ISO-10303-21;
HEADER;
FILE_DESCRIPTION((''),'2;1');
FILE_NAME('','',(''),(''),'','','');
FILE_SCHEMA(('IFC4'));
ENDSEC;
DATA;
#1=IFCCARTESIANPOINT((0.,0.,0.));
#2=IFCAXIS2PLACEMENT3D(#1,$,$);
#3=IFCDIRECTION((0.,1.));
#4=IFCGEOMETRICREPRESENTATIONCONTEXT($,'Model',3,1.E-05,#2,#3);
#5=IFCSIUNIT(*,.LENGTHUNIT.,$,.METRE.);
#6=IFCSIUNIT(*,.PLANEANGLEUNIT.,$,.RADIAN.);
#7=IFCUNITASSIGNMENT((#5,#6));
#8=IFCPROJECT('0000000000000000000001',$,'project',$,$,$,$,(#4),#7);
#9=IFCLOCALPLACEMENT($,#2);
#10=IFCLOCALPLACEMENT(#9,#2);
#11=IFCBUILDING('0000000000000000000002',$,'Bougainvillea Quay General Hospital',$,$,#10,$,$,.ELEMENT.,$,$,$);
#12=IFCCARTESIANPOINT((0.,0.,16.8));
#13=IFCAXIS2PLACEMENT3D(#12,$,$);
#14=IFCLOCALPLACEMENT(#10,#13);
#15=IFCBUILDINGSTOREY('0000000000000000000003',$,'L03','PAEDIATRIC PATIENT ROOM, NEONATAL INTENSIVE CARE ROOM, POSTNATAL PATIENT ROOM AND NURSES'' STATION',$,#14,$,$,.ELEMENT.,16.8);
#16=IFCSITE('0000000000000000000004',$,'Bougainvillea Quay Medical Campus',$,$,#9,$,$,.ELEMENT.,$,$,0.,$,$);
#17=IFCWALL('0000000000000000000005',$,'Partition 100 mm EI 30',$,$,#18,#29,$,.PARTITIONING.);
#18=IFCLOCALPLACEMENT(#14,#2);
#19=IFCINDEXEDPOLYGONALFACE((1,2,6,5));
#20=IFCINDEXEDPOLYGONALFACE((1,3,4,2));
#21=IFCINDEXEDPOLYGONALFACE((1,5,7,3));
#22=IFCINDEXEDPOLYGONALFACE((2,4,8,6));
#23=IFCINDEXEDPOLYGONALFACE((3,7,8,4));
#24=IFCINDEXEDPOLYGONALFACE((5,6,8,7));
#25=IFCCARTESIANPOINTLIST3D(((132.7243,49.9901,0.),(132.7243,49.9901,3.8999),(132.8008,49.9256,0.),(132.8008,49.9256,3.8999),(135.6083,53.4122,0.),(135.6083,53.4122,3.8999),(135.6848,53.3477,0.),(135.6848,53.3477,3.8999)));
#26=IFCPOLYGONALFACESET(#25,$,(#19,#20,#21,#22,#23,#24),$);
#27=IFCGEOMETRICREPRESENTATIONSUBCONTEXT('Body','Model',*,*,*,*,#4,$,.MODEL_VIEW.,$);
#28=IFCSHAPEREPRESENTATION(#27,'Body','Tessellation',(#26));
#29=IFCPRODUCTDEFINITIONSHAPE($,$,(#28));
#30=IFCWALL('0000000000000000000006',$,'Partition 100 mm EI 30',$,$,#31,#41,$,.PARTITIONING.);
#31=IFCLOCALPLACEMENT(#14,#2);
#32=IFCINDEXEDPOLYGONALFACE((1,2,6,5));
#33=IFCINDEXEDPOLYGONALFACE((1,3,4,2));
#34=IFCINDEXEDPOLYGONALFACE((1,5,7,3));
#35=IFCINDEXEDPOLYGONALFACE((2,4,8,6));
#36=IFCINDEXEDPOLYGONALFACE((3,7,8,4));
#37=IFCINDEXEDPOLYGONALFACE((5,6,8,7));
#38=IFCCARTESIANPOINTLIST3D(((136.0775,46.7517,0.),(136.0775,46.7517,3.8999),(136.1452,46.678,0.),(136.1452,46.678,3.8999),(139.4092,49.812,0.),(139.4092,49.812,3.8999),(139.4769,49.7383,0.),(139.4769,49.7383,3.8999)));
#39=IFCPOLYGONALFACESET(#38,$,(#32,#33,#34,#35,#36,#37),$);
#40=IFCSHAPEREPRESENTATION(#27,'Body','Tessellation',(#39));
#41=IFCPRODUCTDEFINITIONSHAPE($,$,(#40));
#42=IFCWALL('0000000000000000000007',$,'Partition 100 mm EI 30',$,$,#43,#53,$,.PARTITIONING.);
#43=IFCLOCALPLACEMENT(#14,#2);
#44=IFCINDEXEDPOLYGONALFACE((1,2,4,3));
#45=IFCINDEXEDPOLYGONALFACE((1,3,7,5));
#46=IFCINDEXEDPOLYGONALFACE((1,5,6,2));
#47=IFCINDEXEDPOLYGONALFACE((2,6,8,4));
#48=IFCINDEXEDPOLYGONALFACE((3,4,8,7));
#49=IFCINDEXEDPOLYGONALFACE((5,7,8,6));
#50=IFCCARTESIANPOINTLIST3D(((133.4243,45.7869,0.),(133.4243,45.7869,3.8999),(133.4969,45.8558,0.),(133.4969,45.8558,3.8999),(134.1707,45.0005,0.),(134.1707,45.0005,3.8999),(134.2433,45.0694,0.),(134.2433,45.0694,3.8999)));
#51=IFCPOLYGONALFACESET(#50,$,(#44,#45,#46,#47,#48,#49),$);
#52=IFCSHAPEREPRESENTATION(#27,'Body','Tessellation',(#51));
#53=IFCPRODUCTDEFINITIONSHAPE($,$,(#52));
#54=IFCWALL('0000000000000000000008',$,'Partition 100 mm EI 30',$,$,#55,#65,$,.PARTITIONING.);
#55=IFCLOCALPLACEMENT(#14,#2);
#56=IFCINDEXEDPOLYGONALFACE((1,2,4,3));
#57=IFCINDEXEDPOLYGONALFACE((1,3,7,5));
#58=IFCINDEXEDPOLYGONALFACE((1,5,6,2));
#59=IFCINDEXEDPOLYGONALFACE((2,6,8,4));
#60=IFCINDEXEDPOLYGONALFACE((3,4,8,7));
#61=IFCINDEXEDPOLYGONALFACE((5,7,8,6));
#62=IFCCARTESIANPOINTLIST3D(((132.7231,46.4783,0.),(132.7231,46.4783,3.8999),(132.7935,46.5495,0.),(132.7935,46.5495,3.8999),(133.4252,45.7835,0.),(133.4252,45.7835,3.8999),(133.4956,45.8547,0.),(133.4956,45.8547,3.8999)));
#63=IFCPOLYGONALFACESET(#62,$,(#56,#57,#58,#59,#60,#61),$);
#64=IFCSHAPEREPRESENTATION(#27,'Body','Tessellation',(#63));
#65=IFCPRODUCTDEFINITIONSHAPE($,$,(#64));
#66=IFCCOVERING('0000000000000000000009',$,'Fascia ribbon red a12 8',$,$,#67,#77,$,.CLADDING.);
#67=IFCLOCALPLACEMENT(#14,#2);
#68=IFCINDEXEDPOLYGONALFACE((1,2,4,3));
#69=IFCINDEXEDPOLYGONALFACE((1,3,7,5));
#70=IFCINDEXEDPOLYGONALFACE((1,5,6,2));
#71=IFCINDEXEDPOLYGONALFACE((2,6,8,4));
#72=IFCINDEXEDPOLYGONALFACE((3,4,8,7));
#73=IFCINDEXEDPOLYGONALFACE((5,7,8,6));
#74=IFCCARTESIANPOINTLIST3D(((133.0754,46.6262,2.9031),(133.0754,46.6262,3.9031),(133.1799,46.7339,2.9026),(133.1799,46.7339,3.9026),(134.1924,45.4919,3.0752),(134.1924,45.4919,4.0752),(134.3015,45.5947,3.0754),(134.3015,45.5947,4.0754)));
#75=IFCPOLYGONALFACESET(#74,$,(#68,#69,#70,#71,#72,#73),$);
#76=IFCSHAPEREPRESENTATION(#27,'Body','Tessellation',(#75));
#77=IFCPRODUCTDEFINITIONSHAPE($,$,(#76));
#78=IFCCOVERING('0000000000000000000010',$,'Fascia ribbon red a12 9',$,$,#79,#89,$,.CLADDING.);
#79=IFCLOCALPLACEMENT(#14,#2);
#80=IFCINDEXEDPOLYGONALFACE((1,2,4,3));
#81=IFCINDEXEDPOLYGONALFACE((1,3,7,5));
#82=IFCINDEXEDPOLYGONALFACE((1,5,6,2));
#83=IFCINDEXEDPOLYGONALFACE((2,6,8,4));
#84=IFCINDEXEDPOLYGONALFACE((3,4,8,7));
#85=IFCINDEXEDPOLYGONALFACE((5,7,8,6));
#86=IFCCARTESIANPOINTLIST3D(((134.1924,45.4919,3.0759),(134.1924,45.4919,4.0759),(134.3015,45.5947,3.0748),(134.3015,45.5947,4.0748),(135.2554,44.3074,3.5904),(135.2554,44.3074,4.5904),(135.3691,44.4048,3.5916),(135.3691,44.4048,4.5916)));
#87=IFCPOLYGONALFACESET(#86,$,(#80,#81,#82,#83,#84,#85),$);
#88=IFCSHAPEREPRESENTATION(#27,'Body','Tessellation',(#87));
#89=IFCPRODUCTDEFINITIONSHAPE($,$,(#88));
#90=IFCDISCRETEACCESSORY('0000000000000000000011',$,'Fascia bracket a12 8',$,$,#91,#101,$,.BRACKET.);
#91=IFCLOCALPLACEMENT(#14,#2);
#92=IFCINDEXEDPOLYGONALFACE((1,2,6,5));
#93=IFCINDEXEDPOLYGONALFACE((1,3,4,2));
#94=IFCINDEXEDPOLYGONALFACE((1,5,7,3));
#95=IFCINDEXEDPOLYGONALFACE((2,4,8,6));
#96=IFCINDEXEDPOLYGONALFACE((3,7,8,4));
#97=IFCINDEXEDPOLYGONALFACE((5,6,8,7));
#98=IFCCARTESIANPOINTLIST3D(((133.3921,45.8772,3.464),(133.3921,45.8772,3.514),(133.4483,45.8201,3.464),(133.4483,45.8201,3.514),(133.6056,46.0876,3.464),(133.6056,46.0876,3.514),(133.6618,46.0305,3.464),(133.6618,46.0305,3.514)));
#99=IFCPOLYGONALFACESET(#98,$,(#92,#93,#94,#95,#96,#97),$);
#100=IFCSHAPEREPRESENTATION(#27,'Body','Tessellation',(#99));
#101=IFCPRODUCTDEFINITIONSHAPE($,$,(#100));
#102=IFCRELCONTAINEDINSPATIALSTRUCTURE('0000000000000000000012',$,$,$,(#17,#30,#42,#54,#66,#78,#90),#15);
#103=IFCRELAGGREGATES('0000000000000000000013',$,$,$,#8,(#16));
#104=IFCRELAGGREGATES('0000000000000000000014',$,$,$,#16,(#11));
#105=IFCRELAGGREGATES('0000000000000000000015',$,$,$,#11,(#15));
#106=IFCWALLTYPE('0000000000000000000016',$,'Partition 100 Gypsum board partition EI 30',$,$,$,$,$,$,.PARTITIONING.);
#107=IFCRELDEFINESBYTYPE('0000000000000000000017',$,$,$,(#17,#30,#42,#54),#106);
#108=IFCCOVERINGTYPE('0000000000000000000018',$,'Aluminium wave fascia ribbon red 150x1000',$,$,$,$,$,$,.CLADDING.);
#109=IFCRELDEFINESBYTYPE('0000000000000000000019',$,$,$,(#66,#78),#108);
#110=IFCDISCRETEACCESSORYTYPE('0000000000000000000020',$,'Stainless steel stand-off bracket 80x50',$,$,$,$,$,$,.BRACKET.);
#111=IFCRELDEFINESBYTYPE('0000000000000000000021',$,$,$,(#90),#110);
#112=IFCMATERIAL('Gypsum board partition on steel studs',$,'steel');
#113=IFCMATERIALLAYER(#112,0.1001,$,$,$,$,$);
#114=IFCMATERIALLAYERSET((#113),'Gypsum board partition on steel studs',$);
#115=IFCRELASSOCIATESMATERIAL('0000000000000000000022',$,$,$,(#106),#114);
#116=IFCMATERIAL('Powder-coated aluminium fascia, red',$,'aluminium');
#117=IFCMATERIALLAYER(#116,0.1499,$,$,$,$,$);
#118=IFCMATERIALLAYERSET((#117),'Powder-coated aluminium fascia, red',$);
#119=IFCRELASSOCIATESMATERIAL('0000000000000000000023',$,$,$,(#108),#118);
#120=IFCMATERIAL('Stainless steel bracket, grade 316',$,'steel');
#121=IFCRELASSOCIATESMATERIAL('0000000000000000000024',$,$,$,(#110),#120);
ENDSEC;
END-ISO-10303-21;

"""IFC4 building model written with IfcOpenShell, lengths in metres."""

from ifc_helpers import new_model, si_unit, direction, frame, frame_2d, origin, origin_2d, place, context, subcontext, project, spatial, polyline, rectangle, outline, extrude, material, layer, layer_set, material_profile, profile_set, type_object, element, save


model = new_model("IFC4")

# Units and contexts
model_context = context("Model", 3, precision=1e-05, world=origin(), true_north=direction((0.0, 1.0)))
body_context = subcontext(model_context, "Body", "Model", "MODEL_VIEW")
ifc_project = project(units=[si_unit("LENGTHUNIT", "METRE"), si_unit("PLANEANGLEUNIT", "RADIAN")], contexts=[model_context])

# Site, building, storey
site_placement = place(None, origin())
site = spatial("IfcSite", under=ifc_project, at=site_placement, Name="Bougainvillea Quay Medical Campus", CompositionType="ELEMENT", RefElevation=0.0)
building_placement = place(site_placement, origin())
building = spatial("IfcBuilding", under=site, at=building_placement, Name="Bougainvillea Quay General Hospital", CompositionType="ELEMENT")
storey_placement = place(building_placement, frame((0.0, 0.0, 16.8)))
storey = spatial("IfcBuildingStorey", under=building, at=storey_placement, Name="L03", Description="PAEDIATRIC PATIENT ROOM, NEONATAL INTENSIVE CARE ROOM, POSTNATAL PATIENT ROOM AND NURSES' STATION", CompositionType="ELEMENT", Elevation=16.8)

# Walls
ifc_material_1 = material(Name="Gypsum board partition on steel studs", Category="steel")
ifc_layer_1 = layer(ifc_material_1, 0.1001)
ifc_layer_set_1 = layer_set([ifc_layer_1], Name="Gypsum board partition on steel studs")
wall_type = type_object("IfcWallType", Name="Partition 100 Gypsum board partition EI 30", PredefinedType="PARTITIONING", material=ifc_layer_set_1)
wall_1_placement = place(storey_placement, frame((132.7625, 49.9578, 0.0), z_axis=(0.0, 0.0, 1.0), x_axis=(0.64443, 0.764664, 0.0)))
element("IfcWall", 1, at=wall_1_placement, inside=storey, type_object=wall_type, Name="Partition 100 mm EI 30", PredefinedType="PARTITIONING", context=body_context, shape_type="SweptSolid", body=[
    extrude(rectangle(XDim=4.4753, YDim=0.1001, at=frame_2d((2.2378, 0.0))), origin(), (0.0, 0.0, 1.0), 3.8999),
])
wall_2_placement = place(storey_placement, frame((136.1113, 46.7148, 0.0), z_axis=(0.0, 0.0, 1.0), x_axis=(0.736475, 0.676465, 0.0)))
element("IfcWall", 2, at=wall_2_placement, inside=storey, type_object=wall_type, Name="Partition 100 mm EI 30", PredefinedType="PARTITIONING", context=body_context, shape_type="SweptSolid", body=[
    extrude(rectangle(XDim=4.5239, YDim=0.1001, at=frame_2d((2.262, 0.0))), origin(), (0.0, 0.0, 1.0), 3.8999),
])
wall_3_placement = place(storey_placement, frame((133.4607, 45.8213, 0.0), z_axis=(0.0, 0.0, 1.0), x_axis=(0.6884, -0.725331, 0.0)))
element("IfcWall", 3, at=wall_3_placement, inside=storey, type_object=wall_type, Name="Partition 100 mm EI 30", PredefinedType="PARTITIONING", context=body_context, shape_type="SweptSolid", body=[
    extrude(rectangle(XDim=1.0842, YDim=0.1001, at=frame_2d((0.542, 0.0))), origin(), (0.0, 0.0, 1.0), 3.8999),
])
wall_4_placement = place(storey_placement, frame((132.7583, 46.5139, 0.0), z_axis=(0.0, 0.0, 1.0), x_axis=(0.710804, -0.70339, 0.0)))
element("IfcWall", 4, at=wall_4_placement, inside=storey, type_object=wall_type, Name="Partition 100 mm EI 30", PredefinedType="PARTITIONING", context=body_context, shape_type="SweptSolid", body=[
    extrude(rectangle(XDim=0.9878, YDim=0.1001, at=frame_2d((0.4939, 0.0))), origin(), (0.0, 0.0, 1.0), 3.8999),
])

# Coverings
ifc_material_2 = material(Name="Powder-coated aluminium fascia, red", Category="aluminium")
ifc_layer_2 = layer(ifc_material_2, 0.1499)
ifc_layer_set_2 = layer_set([ifc_layer_2], Name="Powder-coated aluminium fascia, red")
covering_type = type_object("IfcCoveringType", Name="Aluminium wave fascia ribbon red 150x1000", PredefinedType="CLADDING", material=ifc_layer_set_2)
covering_1_placement = place(storey_placement, frame((133.0754, 46.6262, 2.9031), z_axis=(-0.074864, 0.077146, 0.994205), x_axis=(0.697576, -0.708401, 0.107497)))
element("IfcCovering", 5, at=covering_1_placement, inside=storey, type_object=covering_type, Name="Fascia ribbon red a12 8", PredefinedType="CLADDING", context=body_context, shape_type="SweptSolid", body=[
    extrude(outline(polyline([(0.0, 0.0), (1.6012, 0.0), (1.6045, 0.1499), (-0.0034, 0.15), (0.0, 0.0)])), origin(), (0.107497, -0.000782, 0.994205), 1.0),
])
covering_2_placement = place(storey_placement, frame((134.1924, 45.4919, 3.0759), z_axis=(-0.205524, 0.228833, 0.951523), x_axis=(0.635502, -0.70819, 0.307578)))
element("IfcCovering", 6, at=covering_2_placement, inside=storey, type_object=covering_type, Name="Fascia ribbon red a12 9", PredefinedType="CLADDING", context=body_context, shape_type="SweptSolid", body=[
    extrude(outline(polyline([(0.0, 0.0), (1.6727, 0.0), (1.6763, 0.1497), (-0.0038, 0.1499), (0.0, 0.0)])), origin(), (0.307578, 0.000126, 0.951523), 1.0),
])

# Discrete accessory
ifc_material_3 = material(Name="Stainless steel bracket, grade 316", Category="steel")
ifc_material_profile_1 = material_profile(ifc_material_3, rectangle(XDim=0.0801, YDim=0.05, at=origin_2d()))
ifc_profile_set_1 = profile_set([ifc_material_profile_1], Name="Stainless steel bracket, grade 316")
discrete_accessory_type = type_object("IfcDiscreteAccessoryType", Name="Stainless steel stand-off bracket 80x50", PredefinedType="BRACKET", material=ifc_profile_set_1)
discrete_accessory_placement = place(storey_placement, frame((133.4202, 45.8486, 3.489), z_axis=(0.712379, 0.701795, 0.0), x_axis=(-0.701795, 0.712379, 0.0)))
element("IfcDiscreteAccessory", 7, at=discrete_accessory_placement, inside=storey, type_object=discrete_accessory_type, Name="Fascia bracket a12 8", PredefinedType="BRACKET", context=body_context, shape_type="SweptSolid", body=[
    extrude(rectangle(XDim=0.0801, YDim=0.05, at=origin_2d()), origin(), (0.0, 0.0, 1.0), 0.2998),
])

save(model, "model.ifc")
